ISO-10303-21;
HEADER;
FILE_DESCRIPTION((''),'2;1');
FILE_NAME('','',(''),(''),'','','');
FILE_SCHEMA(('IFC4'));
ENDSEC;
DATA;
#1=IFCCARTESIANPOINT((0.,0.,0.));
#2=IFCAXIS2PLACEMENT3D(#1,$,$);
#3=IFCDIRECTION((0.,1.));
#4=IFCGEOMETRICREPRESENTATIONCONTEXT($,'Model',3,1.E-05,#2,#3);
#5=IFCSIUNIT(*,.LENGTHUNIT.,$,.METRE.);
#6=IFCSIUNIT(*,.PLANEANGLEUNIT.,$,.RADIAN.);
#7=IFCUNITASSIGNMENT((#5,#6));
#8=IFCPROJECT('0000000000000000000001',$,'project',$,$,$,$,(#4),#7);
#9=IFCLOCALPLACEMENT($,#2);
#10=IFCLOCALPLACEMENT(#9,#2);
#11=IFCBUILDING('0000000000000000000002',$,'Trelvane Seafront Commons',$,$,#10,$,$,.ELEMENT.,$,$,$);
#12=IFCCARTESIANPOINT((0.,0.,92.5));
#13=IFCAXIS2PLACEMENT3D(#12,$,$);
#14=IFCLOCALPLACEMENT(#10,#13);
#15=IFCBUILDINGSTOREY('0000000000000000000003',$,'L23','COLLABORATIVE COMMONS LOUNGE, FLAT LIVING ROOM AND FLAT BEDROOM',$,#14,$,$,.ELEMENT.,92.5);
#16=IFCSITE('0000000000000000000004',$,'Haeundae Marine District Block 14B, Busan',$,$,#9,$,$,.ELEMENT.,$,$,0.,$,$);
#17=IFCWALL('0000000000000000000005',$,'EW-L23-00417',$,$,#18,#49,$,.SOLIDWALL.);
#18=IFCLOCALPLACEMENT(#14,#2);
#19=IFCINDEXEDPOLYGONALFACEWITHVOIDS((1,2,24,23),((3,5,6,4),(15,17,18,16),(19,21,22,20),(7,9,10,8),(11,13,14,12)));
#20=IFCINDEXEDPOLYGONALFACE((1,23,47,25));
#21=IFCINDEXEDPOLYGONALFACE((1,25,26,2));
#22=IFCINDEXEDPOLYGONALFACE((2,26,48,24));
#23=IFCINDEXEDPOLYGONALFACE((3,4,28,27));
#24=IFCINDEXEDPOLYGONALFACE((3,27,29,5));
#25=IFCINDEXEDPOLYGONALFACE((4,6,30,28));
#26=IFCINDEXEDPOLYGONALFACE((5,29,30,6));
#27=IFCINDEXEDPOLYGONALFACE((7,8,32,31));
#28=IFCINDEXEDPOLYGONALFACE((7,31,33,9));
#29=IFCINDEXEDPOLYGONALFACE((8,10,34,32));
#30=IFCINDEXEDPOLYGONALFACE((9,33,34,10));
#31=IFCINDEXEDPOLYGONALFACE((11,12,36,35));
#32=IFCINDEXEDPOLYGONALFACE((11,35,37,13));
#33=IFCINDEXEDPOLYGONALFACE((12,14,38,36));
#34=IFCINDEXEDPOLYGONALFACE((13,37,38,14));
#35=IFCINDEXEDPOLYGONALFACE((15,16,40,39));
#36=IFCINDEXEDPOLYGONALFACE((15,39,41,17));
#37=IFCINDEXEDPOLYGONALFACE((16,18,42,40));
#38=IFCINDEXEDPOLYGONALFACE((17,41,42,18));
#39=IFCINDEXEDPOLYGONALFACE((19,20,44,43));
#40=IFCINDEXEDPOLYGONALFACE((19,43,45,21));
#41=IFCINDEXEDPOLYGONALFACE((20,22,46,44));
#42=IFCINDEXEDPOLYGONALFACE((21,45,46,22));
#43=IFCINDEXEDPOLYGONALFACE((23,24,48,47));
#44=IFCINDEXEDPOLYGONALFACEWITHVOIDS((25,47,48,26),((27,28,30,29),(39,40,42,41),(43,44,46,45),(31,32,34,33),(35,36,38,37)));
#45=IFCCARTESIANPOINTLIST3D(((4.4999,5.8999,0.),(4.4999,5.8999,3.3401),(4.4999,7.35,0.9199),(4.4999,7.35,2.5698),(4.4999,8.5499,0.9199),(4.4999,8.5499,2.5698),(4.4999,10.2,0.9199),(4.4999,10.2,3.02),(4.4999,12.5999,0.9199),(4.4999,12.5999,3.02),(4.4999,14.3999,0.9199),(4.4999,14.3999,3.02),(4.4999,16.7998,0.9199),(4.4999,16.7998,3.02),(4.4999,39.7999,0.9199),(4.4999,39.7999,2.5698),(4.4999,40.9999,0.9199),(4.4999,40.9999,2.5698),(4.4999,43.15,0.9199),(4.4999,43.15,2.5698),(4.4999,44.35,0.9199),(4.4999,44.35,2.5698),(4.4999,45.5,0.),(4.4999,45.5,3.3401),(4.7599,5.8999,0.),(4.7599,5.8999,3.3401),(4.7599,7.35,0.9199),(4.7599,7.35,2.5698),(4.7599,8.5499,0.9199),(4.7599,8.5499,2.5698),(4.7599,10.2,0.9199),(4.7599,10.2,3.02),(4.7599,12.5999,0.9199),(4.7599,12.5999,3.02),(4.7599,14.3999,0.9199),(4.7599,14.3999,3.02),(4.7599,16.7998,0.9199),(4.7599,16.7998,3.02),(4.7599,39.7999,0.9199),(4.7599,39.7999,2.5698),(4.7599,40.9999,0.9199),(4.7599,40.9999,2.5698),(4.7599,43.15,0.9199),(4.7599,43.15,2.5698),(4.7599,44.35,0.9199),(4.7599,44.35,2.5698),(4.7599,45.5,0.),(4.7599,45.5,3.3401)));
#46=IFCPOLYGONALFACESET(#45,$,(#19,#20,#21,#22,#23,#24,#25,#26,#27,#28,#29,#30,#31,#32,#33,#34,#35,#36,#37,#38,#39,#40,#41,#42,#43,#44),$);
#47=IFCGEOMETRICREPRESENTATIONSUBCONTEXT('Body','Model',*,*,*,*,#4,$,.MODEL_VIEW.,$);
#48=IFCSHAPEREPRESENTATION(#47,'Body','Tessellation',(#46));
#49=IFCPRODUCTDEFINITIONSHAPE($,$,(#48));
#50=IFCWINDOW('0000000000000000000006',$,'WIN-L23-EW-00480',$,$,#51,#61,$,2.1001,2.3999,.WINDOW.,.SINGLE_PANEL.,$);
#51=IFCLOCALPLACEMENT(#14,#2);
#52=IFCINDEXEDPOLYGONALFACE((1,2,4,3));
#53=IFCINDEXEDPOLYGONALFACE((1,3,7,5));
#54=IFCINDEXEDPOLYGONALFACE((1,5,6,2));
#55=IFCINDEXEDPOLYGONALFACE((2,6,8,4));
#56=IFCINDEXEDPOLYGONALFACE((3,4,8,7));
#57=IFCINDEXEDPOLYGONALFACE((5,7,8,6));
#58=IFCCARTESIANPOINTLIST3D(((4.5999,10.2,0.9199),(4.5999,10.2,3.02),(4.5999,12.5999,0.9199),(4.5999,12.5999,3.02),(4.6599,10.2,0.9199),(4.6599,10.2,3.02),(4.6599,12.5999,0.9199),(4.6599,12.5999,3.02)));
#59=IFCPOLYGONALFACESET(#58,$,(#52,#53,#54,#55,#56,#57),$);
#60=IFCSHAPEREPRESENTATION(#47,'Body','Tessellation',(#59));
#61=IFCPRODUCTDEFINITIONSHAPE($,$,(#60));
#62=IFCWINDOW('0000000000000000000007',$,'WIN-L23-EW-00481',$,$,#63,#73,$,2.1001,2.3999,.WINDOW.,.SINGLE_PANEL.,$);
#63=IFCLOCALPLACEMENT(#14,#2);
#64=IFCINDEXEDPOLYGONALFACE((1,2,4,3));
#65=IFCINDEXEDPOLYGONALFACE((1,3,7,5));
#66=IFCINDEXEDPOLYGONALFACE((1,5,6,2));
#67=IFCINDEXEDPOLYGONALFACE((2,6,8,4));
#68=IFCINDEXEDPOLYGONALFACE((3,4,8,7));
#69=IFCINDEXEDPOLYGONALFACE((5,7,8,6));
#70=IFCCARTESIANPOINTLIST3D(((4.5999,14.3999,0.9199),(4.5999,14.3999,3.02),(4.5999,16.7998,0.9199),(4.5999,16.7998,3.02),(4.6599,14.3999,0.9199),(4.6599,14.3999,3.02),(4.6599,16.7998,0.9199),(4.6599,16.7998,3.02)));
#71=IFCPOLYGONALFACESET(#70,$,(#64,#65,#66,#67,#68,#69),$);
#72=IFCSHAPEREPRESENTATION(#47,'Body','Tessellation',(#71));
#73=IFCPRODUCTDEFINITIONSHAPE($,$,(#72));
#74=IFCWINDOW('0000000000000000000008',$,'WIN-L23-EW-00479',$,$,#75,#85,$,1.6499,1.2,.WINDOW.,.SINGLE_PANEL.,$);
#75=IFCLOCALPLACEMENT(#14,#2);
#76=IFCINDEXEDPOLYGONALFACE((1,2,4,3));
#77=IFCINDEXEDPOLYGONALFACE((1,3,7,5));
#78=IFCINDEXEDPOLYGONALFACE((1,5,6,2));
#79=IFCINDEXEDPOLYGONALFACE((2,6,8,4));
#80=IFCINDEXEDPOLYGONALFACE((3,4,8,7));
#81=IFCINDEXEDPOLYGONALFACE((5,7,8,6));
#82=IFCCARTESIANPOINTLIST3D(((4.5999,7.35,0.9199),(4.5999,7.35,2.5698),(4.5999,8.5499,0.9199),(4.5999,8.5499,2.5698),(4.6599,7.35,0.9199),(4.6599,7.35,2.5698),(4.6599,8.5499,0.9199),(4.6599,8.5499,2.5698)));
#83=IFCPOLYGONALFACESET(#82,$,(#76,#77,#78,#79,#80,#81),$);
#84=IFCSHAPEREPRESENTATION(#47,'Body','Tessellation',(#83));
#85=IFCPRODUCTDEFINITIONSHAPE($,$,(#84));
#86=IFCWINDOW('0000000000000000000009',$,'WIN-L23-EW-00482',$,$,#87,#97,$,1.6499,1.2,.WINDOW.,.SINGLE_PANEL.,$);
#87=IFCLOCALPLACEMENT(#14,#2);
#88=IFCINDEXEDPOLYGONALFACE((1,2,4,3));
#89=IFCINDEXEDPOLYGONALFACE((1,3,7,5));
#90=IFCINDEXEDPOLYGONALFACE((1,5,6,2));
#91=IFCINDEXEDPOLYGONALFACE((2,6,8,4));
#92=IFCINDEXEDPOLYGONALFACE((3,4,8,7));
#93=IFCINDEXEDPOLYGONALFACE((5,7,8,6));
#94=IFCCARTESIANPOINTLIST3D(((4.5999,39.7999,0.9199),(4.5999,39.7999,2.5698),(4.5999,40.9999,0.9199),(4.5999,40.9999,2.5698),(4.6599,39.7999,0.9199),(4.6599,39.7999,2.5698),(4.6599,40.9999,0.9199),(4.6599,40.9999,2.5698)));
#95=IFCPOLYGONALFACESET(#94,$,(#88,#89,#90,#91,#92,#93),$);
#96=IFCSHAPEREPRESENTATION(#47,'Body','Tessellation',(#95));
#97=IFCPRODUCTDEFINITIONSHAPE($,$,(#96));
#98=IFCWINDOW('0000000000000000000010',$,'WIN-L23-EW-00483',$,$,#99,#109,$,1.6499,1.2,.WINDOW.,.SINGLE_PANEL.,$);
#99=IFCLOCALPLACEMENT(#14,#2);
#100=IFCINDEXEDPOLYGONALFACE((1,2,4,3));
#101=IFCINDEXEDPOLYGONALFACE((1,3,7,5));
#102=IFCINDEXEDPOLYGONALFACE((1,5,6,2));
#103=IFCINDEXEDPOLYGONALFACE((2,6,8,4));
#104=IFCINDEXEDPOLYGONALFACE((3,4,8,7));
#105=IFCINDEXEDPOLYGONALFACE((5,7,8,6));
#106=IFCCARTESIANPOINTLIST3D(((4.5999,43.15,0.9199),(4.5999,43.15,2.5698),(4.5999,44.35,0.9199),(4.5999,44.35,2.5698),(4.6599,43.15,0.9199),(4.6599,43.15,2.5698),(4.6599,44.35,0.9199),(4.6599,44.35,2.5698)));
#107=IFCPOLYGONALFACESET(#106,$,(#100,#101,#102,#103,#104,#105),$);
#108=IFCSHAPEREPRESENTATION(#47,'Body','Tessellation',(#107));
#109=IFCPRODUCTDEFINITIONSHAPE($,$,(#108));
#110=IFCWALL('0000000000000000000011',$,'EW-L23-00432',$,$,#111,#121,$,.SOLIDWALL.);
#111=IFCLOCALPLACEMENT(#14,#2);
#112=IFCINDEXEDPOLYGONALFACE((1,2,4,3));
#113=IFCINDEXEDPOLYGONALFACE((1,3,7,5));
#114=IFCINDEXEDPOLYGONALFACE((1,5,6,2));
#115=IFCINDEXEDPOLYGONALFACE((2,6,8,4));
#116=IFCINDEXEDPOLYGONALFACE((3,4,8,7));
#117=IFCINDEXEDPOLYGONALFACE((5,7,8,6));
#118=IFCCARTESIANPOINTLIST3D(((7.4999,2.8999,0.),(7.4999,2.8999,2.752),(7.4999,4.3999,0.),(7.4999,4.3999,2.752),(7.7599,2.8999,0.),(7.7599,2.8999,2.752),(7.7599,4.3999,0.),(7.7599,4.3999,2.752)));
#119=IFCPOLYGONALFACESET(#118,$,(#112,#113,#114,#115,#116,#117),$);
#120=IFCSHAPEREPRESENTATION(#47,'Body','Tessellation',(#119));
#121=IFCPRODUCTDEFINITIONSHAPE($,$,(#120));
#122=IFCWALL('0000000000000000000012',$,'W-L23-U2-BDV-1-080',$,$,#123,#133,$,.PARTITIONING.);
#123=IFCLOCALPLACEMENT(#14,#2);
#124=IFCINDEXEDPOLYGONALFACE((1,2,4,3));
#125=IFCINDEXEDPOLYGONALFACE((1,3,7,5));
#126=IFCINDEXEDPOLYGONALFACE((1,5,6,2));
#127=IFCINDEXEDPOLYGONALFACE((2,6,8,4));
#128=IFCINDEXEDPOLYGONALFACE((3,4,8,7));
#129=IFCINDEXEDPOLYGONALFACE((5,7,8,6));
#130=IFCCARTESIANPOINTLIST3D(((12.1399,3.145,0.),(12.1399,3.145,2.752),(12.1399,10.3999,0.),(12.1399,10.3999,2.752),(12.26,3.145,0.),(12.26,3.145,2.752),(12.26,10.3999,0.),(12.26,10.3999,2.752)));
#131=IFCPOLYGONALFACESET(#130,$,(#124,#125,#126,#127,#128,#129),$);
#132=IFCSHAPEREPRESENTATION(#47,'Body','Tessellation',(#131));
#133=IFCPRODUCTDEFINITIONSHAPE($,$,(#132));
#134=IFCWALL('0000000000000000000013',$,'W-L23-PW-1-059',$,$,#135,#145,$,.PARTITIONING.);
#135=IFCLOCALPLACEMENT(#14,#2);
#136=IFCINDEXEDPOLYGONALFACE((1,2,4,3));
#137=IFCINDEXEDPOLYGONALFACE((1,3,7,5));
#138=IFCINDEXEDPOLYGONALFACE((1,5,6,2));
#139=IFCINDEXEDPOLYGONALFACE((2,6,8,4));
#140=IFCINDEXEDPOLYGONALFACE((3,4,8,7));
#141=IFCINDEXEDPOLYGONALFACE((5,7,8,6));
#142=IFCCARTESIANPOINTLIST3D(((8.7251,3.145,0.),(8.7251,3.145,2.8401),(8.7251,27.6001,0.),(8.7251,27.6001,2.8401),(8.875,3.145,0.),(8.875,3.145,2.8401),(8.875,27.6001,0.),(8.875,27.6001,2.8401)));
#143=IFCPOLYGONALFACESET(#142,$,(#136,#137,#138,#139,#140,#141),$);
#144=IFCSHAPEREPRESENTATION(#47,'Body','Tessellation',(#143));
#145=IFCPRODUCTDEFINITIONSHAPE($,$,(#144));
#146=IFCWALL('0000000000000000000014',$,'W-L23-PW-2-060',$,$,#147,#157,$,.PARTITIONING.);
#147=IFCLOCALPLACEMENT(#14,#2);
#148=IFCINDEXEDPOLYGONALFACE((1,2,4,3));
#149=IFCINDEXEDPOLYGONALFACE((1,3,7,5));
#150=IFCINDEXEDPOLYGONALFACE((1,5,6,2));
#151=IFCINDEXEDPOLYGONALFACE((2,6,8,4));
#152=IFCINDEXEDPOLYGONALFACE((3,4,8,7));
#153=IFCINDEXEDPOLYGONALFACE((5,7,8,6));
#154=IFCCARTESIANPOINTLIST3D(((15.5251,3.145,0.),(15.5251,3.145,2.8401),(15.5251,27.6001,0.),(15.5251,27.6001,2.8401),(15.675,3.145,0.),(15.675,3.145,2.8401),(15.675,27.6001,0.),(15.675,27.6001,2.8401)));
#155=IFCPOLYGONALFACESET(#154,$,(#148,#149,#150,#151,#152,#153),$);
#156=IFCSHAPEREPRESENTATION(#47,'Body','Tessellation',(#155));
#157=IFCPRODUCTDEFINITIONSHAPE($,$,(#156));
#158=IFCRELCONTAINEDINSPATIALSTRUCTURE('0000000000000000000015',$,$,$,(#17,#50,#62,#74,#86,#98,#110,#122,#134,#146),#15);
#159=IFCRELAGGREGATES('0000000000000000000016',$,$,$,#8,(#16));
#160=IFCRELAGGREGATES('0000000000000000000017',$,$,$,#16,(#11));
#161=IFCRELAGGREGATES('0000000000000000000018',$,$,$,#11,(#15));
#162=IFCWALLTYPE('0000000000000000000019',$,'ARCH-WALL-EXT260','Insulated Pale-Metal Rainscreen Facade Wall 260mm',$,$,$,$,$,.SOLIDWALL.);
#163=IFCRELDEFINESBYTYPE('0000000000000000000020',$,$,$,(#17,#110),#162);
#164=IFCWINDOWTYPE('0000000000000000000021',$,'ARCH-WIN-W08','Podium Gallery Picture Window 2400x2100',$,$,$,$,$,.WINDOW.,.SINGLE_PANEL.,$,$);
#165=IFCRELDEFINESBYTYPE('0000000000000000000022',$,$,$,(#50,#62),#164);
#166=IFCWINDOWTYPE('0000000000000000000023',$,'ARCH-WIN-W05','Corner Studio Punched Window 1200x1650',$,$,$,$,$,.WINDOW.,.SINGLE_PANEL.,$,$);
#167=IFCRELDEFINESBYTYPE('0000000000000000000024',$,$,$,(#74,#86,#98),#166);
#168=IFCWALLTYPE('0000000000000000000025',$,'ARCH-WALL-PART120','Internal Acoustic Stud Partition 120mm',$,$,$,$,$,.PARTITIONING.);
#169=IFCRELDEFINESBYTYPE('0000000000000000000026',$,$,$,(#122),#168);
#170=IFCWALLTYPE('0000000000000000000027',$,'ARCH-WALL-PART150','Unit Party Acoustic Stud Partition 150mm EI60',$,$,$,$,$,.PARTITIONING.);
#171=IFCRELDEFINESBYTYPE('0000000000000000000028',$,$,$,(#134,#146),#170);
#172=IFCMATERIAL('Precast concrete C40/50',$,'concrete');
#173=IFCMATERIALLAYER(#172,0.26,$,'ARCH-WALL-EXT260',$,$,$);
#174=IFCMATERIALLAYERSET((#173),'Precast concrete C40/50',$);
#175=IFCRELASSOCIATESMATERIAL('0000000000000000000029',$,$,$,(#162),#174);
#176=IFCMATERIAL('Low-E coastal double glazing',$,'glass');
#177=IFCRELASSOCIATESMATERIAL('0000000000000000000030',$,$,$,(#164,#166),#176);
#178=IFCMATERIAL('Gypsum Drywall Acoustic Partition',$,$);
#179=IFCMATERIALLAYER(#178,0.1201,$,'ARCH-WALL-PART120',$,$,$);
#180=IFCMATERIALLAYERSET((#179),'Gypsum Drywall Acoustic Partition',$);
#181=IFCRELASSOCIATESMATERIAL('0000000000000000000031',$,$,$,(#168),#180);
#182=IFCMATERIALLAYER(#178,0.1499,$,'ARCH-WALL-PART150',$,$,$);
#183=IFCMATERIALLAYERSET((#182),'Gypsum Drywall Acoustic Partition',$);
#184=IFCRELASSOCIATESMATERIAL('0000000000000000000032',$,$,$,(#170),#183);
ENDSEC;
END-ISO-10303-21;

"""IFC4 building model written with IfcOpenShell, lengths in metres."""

from ifc_helpers import new_model, si_unit, direction, frame, frame_2d, origin, place, context, subcontext, project, spatial, rectangle, extrude, source, transform, mapped, material, layer, layer_set, type_object, element, fill, save


model = new_model("IFC4")

# Units and contexts
model_context = context("Model", 3, precision=1e-05, world=origin(), true_north=direction((0.0, 1.0)))
body_context = subcontext(model_context, "Body", "Model", "MODEL_VIEW")
ifc_project = project(units=[si_unit("LENGTHUNIT", "METRE"), si_unit("PLANEANGLEUNIT", "RADIAN")], contexts=[model_context])

# Site, building, storey
site_placement = place(None, origin())
site = spatial("IfcSite", under=ifc_project, at=site_placement, Name="Haeundae Marine District Block 14B, Busan", CompositionType="ELEMENT", RefElevation=0.0)
building_placement = place(site_placement, origin())
building = spatial("IfcBuilding", under=site, at=building_placement, Name="Trelvane Seafront Commons", CompositionType="ELEMENT")
storey_placement = place(building_placement, frame((0.0, 0.0, 92.5)))
storey = spatial("IfcBuildingStorey", under=building, at=storey_placement, Name="L23", Description="COLLABORATIVE COMMONS LOUNGE, FLAT LIVING ROOM AND FLAT BEDROOM", CompositionType="ELEMENT", Elevation=92.5)

# Shared definitions
ifc_material_1 = material(Name="Precast concrete C40/50", Category="concrete")
ifc_layer_1 = layer(ifc_material_1, 0.26, Name="ARCH-WALL-EXT260")
ifc_layer_set_1 = layer_set([ifc_layer_1], Name="Precast concrete C40/50")
wall_type_1 = type_object("IfcWallType", Name="ARCH-WALL-EXT260", Description="Insulated Pale-Metal Rainscreen Facade Wall 260mm", PredefinedType="SOLIDWALL", material=ifc_layer_set_1)

# Wall, openings, windows
wall_1_placement = place(storey_placement, frame((4.6299, 5.8999, 0.0), z_axis=(0.0, 0.0, 1.0), x_axis=(0.0, 1.0, 0.0)))
wall_1 = element("IfcWall", 1, at=wall_1_placement, inside=storey, type_object=wall_type_1, Name="EW-L23-00417", PredefinedType="SOLIDWALL", context=body_context, shape_type="SweptSolid", body=[
    extrude(rectangle(XDim=39.6001, YDim=0.26, at=frame_2d((19.8, 0.0))), origin(), (0.0, 0.0, 1.0), 3.3401),
])
opening_1_placement = place(wall_1_placement, frame((1.45, 0.0, 0.9199)))
opening_1 = element("IfcOpeningElement", 2, at=opening_1_placement, cuts=wall_1, PredefinedType="OPENING", context=body_context, shape_type="SweptSolid", body=[
    extrude(rectangle(XDim=1.2, YDim=1.6499, at=frame_2d((0.6001, 0.825))), frame((0.0, 0.1399, 0.0), z_axis=(0.0, -1.0, 0.0), x_axis=(1.0, 0.0, 0.0)), (0.0, 0.0, 1.0), 0.28),
])
opening_2_placement = place(wall_1_placement, frame((4.3, 0.0, 0.9199)))
opening_2 = element("IfcOpeningElement", 3, at=opening_2_placement, cuts=wall_1, PredefinedType="OPENING", context=body_context, shape_type="SweptSolid", body=[
    extrude(rectangle(XDim=2.3999, YDim=2.1001, at=frame_2d((1.2, 1.05))), frame((0.0, 0.1399, 0.0), z_axis=(0.0, -1.0, 0.0), x_axis=(1.0, 0.0, 0.0)), (0.0, 0.0, 1.0), 0.28),
])
opening_3_placement = place(wall_1_placement, frame((8.5, 0.0, 0.9199)))
opening_3 = element("IfcOpeningElement", 4, at=opening_3_placement, cuts=wall_1, PredefinedType="OPENING", context=body_context, shape_type="SweptSolid", body=[
    extrude(rectangle(XDim=2.3999, YDim=2.1001, at=frame_2d((1.2, 1.05))), frame((0.0, 0.1399, 0.0), z_axis=(0.0, -1.0, 0.0), x_axis=(1.0, 0.0, 0.0)), (0.0, 0.0, 1.0), 0.28),
])
opening_4_placement = place(wall_1_placement, frame((33.8999, 0.0, 0.9199)))
opening_4 = element("IfcOpeningElement", 5, at=opening_4_placement, cuts=wall_1, PredefinedType="OPENING", context=body_context, shape_type="SweptSolid", body=[
    extrude(rectangle(XDim=1.2, YDim=1.6499, at=frame_2d((0.6001, 0.825))), frame((0.0, 0.1399, 0.0), z_axis=(0.0, -1.0, 0.0), x_axis=(1.0, 0.0, 0.0)), (0.0, 0.0, 1.0), 0.28),
])
opening_5_placement = place(wall_1_placement, frame((37.25, 0.0, 0.9199)))
opening_5 = element("IfcOpeningElement", 6, at=opening_5_placement, cuts=wall_1, PredefinedType="OPENING", context=body_context, shape_type="SweptSolid", body=[
    extrude(rectangle(XDim=1.2, YDim=1.6499, at=frame_2d((0.6001, 0.825))), frame((0.0, 0.1399, 0.0), z_axis=(0.0, -1.0, 0.0), x_axis=(1.0, 0.0, 0.0)), (0.0, 0.0, 1.0), 0.28),
])
ifc_material_2 = material(Name="Low-E coastal double glazing", Category="glass")
window_type_1 = type_object("IfcWindowType", Name="ARCH-WIN-W08", Description="Podium Gallery Picture Window 2400x2100", PartitioningType="SINGLE_PANEL", PredefinedType="WINDOW", material=ifc_material_2)
shared_shape_1 = source(origin(), body_context, "Body", "SweptSolid", [
    extrude(rectangle(XDim=2.3999, YDim=2.1001, at=frame_2d((1.2, 1.05))), frame((0.0, 0.03, 0.0), z_axis=(0.0, -1.0, 0.0), x_axis=(1.0, 0.0, 0.0)), (0.0, 0.0, 1.0), 0.0601),
])
window_1_placement = place(opening_2_placement, origin())
window_1 = element("IfcWindow", 7, at=window_1_placement, inside=storey, type_object=window_type_1, Name="WIN-L23-EW-00480", OverallHeight=2.1001, OverallWidth=2.3999, PartitioningType="SINGLE_PANEL", PredefinedType="WINDOW", context=body_context, shape_type="MappedRepresentation", body=[
    mapped(shared_shape_1, transform((0.0, 0.0, 0.0), x_axis=(1.0, 0.0, 0.0), y_axis=(0.0, 1.0, 0.0), z_axis=(0.0, 0.0, 1.0), scale=1.0)),
])
fill(opening_2, window_1)
window_2_placement = place(opening_3_placement, origin())
window_2 = element("IfcWindow", 8, at=window_2_placement, inside=storey, type_object=window_type_1, Name="WIN-L23-EW-00481", OverallHeight=2.1001, OverallWidth=2.3999, PartitioningType="SINGLE_PANEL", PredefinedType="WINDOW", context=body_context, shape_type="MappedRepresentation", body=[
    mapped(shared_shape_1, transform((0.0, 0.0, 0.0), x_axis=(1.0, 0.0, 0.0), y_axis=(0.0, 1.0, 0.0), z_axis=(0.0, 0.0, 1.0), scale=1.0)),
])
fill(opening_3, window_2)
window_type_2 = type_object("IfcWindowType", Name="ARCH-WIN-W05", Description="Corner Studio Punched Window 1200x1650", PartitioningType="SINGLE_PANEL", PredefinedType="WINDOW", material=ifc_material_2)
shared_shape_2 = source(origin(), body_context, "Body", "SweptSolid", [
    extrude(rectangle(XDim=1.2, YDim=1.6499, at=frame_2d((0.6001, 0.825))), frame((0.0, 0.03, 0.0), z_axis=(0.0, -1.0, 0.0), x_axis=(1.0, 0.0, 0.0)), (0.0, 0.0, 1.0), 0.0601),
])
window_3_placement = place(opening_1_placement, origin())
window_3 = element("IfcWindow", 9, at=window_3_placement, inside=storey, type_object=window_type_2, Name="WIN-L23-EW-00479", OverallHeight=1.6499, OverallWidth=1.2, PartitioningType="SINGLE_PANEL", PredefinedType="WINDOW", context=body_context, shape_type="MappedRepresentation", body=[
    mapped(shared_shape_2, transform((0.0, 0.0, 0.0), x_axis=(1.0, 0.0, 0.0), y_axis=(0.0, 1.0, 0.0), z_axis=(0.0, 0.0, 1.0), scale=1.0)),
])
fill(opening_1, window_3)
window_4_placement = place(opening_4_placement, origin())
window_4 = element("IfcWindow", 10, at=window_4_placement, inside=storey, type_object=window_type_2, Name="WIN-L23-EW-00482", OverallHeight=1.6499, OverallWidth=1.2, PartitioningType="SINGLE_PANEL", PredefinedType="WINDOW", context=body_context, shape_type="MappedRepresentation", body=[
    mapped(shared_shape_2, transform((0.0, 0.0, 0.0), x_axis=(1.0, 0.0, 0.0), y_axis=(0.0, 1.0, 0.0), z_axis=(0.0, 0.0, 1.0), scale=1.0)),
])
fill(opening_4, window_4)
window_5_placement = place(opening_5_placement, origin())
window_5 = element("IfcWindow", 11, at=window_5_placement, inside=storey, type_object=window_type_2, Name="WIN-L23-EW-00483", OverallHeight=1.6499, OverallWidth=1.2, PartitioningType="SINGLE_PANEL", PredefinedType="WINDOW", context=body_context, shape_type="MappedRepresentation", body=[
    mapped(shared_shape_2, transform((0.0, 0.0, 0.0), x_axis=(1.0, 0.0, 0.0), y_axis=(0.0, 1.0, 0.0), z_axis=(0.0, 0.0, 1.0), scale=1.0)),
])
fill(opening_5, window_5)

# Wall
wall_2_placement = place(storey_placement, frame((7.6299, 2.8999, 0.0), z_axis=(0.0, 0.0, 1.0), x_axis=(0.0, 1.0, 0.0)))
element("IfcWall", 12, at=wall_2_placement, inside=storey, type_object=wall_type_1, Name="EW-L23-00432", PredefinedType="SOLIDWALL", context=body_context, shape_type="SweptSolid", body=[
    extrude(rectangle(XDim=1.5, YDim=0.26, at=frame_2d((0.75, 0.0))), origin(), (0.0, 0.0, 1.0), 2.752),
])

# Shared definitions
ifc_material_3 = material(Name="Gypsum Drywall Acoustic Partition")
ifc_layer_2 = layer(ifc_material_3, 0.1201, Name="ARCH-WALL-PART120")
ifc_layer_set_2 = layer_set([ifc_layer_2], Name="Gypsum Drywall Acoustic Partition")
wall_type_2 = type_object("IfcWallType", Name="ARCH-WALL-PART120", Description="Internal Acoustic Stud Partition 120mm", PredefinedType="PARTITIONING", material=ifc_layer_set_2)

# Walls
wall_3_placement = place(storey_placement, frame((12.2, 3.145, 0.0), z_axis=(0.0, 0.0, 1.0), x_axis=(0.0, 1.0, 0.0)))
element("IfcWall", 13, at=wall_3_placement, inside=storey, type_object=wall_type_2, Name="W-L23-U2-BDV-1-080", PredefinedType="PARTITIONING", context=body_context, shape_type="SweptSolid", body=[
    extrude(rectangle(XDim=7.2549, YDim=0.1201, at=frame_2d((3.6274, 0.0))), origin(), (0.0, 0.0, 1.0), 2.752),
])
ifc_layer_3 = layer(ifc_material_3, 0.1499, Name="ARCH-WALL-PART150")
ifc_layer_set_3 = layer_set([ifc_layer_3], Name="Gypsum Drywall Acoustic Partition")
wall_type_3 = type_object("IfcWallType", Name="ARCH-WALL-PART150", Description="Unit Party Acoustic Stud Partition 150mm EI60", PredefinedType="PARTITIONING", material=ifc_layer_set_3)
for number, where, z_axis, x_axis, name in (
    (14, (8.8, 3.145, 0.0), (0.0, 0.0, 1.0), (0.0, 1.0, 0.0), "W-L23-PW-1-059"),
    (15, (15.6001, 3.145, 0.0), (0.0, 0.0, 1.0), (0.0, 1.0, 0.0), "W-L23-PW-2-060"),
):
    element("IfcWall", number, at=place(storey_placement, frame(where, z_axis=z_axis, x_axis=x_axis)), inside=storey, type_object=wall_type_3, Name=name, PredefinedType="PARTITIONING", context=body_context, shape_type="SweptSolid", body=[
        extrude(rectangle(XDim=24.4551, YDim=0.1499, at=frame_2d((12.2275, 0.0))), origin(), (0.0, 0.0, 1.0), 2.8401),
    ])

save(model, "model.ifc")
